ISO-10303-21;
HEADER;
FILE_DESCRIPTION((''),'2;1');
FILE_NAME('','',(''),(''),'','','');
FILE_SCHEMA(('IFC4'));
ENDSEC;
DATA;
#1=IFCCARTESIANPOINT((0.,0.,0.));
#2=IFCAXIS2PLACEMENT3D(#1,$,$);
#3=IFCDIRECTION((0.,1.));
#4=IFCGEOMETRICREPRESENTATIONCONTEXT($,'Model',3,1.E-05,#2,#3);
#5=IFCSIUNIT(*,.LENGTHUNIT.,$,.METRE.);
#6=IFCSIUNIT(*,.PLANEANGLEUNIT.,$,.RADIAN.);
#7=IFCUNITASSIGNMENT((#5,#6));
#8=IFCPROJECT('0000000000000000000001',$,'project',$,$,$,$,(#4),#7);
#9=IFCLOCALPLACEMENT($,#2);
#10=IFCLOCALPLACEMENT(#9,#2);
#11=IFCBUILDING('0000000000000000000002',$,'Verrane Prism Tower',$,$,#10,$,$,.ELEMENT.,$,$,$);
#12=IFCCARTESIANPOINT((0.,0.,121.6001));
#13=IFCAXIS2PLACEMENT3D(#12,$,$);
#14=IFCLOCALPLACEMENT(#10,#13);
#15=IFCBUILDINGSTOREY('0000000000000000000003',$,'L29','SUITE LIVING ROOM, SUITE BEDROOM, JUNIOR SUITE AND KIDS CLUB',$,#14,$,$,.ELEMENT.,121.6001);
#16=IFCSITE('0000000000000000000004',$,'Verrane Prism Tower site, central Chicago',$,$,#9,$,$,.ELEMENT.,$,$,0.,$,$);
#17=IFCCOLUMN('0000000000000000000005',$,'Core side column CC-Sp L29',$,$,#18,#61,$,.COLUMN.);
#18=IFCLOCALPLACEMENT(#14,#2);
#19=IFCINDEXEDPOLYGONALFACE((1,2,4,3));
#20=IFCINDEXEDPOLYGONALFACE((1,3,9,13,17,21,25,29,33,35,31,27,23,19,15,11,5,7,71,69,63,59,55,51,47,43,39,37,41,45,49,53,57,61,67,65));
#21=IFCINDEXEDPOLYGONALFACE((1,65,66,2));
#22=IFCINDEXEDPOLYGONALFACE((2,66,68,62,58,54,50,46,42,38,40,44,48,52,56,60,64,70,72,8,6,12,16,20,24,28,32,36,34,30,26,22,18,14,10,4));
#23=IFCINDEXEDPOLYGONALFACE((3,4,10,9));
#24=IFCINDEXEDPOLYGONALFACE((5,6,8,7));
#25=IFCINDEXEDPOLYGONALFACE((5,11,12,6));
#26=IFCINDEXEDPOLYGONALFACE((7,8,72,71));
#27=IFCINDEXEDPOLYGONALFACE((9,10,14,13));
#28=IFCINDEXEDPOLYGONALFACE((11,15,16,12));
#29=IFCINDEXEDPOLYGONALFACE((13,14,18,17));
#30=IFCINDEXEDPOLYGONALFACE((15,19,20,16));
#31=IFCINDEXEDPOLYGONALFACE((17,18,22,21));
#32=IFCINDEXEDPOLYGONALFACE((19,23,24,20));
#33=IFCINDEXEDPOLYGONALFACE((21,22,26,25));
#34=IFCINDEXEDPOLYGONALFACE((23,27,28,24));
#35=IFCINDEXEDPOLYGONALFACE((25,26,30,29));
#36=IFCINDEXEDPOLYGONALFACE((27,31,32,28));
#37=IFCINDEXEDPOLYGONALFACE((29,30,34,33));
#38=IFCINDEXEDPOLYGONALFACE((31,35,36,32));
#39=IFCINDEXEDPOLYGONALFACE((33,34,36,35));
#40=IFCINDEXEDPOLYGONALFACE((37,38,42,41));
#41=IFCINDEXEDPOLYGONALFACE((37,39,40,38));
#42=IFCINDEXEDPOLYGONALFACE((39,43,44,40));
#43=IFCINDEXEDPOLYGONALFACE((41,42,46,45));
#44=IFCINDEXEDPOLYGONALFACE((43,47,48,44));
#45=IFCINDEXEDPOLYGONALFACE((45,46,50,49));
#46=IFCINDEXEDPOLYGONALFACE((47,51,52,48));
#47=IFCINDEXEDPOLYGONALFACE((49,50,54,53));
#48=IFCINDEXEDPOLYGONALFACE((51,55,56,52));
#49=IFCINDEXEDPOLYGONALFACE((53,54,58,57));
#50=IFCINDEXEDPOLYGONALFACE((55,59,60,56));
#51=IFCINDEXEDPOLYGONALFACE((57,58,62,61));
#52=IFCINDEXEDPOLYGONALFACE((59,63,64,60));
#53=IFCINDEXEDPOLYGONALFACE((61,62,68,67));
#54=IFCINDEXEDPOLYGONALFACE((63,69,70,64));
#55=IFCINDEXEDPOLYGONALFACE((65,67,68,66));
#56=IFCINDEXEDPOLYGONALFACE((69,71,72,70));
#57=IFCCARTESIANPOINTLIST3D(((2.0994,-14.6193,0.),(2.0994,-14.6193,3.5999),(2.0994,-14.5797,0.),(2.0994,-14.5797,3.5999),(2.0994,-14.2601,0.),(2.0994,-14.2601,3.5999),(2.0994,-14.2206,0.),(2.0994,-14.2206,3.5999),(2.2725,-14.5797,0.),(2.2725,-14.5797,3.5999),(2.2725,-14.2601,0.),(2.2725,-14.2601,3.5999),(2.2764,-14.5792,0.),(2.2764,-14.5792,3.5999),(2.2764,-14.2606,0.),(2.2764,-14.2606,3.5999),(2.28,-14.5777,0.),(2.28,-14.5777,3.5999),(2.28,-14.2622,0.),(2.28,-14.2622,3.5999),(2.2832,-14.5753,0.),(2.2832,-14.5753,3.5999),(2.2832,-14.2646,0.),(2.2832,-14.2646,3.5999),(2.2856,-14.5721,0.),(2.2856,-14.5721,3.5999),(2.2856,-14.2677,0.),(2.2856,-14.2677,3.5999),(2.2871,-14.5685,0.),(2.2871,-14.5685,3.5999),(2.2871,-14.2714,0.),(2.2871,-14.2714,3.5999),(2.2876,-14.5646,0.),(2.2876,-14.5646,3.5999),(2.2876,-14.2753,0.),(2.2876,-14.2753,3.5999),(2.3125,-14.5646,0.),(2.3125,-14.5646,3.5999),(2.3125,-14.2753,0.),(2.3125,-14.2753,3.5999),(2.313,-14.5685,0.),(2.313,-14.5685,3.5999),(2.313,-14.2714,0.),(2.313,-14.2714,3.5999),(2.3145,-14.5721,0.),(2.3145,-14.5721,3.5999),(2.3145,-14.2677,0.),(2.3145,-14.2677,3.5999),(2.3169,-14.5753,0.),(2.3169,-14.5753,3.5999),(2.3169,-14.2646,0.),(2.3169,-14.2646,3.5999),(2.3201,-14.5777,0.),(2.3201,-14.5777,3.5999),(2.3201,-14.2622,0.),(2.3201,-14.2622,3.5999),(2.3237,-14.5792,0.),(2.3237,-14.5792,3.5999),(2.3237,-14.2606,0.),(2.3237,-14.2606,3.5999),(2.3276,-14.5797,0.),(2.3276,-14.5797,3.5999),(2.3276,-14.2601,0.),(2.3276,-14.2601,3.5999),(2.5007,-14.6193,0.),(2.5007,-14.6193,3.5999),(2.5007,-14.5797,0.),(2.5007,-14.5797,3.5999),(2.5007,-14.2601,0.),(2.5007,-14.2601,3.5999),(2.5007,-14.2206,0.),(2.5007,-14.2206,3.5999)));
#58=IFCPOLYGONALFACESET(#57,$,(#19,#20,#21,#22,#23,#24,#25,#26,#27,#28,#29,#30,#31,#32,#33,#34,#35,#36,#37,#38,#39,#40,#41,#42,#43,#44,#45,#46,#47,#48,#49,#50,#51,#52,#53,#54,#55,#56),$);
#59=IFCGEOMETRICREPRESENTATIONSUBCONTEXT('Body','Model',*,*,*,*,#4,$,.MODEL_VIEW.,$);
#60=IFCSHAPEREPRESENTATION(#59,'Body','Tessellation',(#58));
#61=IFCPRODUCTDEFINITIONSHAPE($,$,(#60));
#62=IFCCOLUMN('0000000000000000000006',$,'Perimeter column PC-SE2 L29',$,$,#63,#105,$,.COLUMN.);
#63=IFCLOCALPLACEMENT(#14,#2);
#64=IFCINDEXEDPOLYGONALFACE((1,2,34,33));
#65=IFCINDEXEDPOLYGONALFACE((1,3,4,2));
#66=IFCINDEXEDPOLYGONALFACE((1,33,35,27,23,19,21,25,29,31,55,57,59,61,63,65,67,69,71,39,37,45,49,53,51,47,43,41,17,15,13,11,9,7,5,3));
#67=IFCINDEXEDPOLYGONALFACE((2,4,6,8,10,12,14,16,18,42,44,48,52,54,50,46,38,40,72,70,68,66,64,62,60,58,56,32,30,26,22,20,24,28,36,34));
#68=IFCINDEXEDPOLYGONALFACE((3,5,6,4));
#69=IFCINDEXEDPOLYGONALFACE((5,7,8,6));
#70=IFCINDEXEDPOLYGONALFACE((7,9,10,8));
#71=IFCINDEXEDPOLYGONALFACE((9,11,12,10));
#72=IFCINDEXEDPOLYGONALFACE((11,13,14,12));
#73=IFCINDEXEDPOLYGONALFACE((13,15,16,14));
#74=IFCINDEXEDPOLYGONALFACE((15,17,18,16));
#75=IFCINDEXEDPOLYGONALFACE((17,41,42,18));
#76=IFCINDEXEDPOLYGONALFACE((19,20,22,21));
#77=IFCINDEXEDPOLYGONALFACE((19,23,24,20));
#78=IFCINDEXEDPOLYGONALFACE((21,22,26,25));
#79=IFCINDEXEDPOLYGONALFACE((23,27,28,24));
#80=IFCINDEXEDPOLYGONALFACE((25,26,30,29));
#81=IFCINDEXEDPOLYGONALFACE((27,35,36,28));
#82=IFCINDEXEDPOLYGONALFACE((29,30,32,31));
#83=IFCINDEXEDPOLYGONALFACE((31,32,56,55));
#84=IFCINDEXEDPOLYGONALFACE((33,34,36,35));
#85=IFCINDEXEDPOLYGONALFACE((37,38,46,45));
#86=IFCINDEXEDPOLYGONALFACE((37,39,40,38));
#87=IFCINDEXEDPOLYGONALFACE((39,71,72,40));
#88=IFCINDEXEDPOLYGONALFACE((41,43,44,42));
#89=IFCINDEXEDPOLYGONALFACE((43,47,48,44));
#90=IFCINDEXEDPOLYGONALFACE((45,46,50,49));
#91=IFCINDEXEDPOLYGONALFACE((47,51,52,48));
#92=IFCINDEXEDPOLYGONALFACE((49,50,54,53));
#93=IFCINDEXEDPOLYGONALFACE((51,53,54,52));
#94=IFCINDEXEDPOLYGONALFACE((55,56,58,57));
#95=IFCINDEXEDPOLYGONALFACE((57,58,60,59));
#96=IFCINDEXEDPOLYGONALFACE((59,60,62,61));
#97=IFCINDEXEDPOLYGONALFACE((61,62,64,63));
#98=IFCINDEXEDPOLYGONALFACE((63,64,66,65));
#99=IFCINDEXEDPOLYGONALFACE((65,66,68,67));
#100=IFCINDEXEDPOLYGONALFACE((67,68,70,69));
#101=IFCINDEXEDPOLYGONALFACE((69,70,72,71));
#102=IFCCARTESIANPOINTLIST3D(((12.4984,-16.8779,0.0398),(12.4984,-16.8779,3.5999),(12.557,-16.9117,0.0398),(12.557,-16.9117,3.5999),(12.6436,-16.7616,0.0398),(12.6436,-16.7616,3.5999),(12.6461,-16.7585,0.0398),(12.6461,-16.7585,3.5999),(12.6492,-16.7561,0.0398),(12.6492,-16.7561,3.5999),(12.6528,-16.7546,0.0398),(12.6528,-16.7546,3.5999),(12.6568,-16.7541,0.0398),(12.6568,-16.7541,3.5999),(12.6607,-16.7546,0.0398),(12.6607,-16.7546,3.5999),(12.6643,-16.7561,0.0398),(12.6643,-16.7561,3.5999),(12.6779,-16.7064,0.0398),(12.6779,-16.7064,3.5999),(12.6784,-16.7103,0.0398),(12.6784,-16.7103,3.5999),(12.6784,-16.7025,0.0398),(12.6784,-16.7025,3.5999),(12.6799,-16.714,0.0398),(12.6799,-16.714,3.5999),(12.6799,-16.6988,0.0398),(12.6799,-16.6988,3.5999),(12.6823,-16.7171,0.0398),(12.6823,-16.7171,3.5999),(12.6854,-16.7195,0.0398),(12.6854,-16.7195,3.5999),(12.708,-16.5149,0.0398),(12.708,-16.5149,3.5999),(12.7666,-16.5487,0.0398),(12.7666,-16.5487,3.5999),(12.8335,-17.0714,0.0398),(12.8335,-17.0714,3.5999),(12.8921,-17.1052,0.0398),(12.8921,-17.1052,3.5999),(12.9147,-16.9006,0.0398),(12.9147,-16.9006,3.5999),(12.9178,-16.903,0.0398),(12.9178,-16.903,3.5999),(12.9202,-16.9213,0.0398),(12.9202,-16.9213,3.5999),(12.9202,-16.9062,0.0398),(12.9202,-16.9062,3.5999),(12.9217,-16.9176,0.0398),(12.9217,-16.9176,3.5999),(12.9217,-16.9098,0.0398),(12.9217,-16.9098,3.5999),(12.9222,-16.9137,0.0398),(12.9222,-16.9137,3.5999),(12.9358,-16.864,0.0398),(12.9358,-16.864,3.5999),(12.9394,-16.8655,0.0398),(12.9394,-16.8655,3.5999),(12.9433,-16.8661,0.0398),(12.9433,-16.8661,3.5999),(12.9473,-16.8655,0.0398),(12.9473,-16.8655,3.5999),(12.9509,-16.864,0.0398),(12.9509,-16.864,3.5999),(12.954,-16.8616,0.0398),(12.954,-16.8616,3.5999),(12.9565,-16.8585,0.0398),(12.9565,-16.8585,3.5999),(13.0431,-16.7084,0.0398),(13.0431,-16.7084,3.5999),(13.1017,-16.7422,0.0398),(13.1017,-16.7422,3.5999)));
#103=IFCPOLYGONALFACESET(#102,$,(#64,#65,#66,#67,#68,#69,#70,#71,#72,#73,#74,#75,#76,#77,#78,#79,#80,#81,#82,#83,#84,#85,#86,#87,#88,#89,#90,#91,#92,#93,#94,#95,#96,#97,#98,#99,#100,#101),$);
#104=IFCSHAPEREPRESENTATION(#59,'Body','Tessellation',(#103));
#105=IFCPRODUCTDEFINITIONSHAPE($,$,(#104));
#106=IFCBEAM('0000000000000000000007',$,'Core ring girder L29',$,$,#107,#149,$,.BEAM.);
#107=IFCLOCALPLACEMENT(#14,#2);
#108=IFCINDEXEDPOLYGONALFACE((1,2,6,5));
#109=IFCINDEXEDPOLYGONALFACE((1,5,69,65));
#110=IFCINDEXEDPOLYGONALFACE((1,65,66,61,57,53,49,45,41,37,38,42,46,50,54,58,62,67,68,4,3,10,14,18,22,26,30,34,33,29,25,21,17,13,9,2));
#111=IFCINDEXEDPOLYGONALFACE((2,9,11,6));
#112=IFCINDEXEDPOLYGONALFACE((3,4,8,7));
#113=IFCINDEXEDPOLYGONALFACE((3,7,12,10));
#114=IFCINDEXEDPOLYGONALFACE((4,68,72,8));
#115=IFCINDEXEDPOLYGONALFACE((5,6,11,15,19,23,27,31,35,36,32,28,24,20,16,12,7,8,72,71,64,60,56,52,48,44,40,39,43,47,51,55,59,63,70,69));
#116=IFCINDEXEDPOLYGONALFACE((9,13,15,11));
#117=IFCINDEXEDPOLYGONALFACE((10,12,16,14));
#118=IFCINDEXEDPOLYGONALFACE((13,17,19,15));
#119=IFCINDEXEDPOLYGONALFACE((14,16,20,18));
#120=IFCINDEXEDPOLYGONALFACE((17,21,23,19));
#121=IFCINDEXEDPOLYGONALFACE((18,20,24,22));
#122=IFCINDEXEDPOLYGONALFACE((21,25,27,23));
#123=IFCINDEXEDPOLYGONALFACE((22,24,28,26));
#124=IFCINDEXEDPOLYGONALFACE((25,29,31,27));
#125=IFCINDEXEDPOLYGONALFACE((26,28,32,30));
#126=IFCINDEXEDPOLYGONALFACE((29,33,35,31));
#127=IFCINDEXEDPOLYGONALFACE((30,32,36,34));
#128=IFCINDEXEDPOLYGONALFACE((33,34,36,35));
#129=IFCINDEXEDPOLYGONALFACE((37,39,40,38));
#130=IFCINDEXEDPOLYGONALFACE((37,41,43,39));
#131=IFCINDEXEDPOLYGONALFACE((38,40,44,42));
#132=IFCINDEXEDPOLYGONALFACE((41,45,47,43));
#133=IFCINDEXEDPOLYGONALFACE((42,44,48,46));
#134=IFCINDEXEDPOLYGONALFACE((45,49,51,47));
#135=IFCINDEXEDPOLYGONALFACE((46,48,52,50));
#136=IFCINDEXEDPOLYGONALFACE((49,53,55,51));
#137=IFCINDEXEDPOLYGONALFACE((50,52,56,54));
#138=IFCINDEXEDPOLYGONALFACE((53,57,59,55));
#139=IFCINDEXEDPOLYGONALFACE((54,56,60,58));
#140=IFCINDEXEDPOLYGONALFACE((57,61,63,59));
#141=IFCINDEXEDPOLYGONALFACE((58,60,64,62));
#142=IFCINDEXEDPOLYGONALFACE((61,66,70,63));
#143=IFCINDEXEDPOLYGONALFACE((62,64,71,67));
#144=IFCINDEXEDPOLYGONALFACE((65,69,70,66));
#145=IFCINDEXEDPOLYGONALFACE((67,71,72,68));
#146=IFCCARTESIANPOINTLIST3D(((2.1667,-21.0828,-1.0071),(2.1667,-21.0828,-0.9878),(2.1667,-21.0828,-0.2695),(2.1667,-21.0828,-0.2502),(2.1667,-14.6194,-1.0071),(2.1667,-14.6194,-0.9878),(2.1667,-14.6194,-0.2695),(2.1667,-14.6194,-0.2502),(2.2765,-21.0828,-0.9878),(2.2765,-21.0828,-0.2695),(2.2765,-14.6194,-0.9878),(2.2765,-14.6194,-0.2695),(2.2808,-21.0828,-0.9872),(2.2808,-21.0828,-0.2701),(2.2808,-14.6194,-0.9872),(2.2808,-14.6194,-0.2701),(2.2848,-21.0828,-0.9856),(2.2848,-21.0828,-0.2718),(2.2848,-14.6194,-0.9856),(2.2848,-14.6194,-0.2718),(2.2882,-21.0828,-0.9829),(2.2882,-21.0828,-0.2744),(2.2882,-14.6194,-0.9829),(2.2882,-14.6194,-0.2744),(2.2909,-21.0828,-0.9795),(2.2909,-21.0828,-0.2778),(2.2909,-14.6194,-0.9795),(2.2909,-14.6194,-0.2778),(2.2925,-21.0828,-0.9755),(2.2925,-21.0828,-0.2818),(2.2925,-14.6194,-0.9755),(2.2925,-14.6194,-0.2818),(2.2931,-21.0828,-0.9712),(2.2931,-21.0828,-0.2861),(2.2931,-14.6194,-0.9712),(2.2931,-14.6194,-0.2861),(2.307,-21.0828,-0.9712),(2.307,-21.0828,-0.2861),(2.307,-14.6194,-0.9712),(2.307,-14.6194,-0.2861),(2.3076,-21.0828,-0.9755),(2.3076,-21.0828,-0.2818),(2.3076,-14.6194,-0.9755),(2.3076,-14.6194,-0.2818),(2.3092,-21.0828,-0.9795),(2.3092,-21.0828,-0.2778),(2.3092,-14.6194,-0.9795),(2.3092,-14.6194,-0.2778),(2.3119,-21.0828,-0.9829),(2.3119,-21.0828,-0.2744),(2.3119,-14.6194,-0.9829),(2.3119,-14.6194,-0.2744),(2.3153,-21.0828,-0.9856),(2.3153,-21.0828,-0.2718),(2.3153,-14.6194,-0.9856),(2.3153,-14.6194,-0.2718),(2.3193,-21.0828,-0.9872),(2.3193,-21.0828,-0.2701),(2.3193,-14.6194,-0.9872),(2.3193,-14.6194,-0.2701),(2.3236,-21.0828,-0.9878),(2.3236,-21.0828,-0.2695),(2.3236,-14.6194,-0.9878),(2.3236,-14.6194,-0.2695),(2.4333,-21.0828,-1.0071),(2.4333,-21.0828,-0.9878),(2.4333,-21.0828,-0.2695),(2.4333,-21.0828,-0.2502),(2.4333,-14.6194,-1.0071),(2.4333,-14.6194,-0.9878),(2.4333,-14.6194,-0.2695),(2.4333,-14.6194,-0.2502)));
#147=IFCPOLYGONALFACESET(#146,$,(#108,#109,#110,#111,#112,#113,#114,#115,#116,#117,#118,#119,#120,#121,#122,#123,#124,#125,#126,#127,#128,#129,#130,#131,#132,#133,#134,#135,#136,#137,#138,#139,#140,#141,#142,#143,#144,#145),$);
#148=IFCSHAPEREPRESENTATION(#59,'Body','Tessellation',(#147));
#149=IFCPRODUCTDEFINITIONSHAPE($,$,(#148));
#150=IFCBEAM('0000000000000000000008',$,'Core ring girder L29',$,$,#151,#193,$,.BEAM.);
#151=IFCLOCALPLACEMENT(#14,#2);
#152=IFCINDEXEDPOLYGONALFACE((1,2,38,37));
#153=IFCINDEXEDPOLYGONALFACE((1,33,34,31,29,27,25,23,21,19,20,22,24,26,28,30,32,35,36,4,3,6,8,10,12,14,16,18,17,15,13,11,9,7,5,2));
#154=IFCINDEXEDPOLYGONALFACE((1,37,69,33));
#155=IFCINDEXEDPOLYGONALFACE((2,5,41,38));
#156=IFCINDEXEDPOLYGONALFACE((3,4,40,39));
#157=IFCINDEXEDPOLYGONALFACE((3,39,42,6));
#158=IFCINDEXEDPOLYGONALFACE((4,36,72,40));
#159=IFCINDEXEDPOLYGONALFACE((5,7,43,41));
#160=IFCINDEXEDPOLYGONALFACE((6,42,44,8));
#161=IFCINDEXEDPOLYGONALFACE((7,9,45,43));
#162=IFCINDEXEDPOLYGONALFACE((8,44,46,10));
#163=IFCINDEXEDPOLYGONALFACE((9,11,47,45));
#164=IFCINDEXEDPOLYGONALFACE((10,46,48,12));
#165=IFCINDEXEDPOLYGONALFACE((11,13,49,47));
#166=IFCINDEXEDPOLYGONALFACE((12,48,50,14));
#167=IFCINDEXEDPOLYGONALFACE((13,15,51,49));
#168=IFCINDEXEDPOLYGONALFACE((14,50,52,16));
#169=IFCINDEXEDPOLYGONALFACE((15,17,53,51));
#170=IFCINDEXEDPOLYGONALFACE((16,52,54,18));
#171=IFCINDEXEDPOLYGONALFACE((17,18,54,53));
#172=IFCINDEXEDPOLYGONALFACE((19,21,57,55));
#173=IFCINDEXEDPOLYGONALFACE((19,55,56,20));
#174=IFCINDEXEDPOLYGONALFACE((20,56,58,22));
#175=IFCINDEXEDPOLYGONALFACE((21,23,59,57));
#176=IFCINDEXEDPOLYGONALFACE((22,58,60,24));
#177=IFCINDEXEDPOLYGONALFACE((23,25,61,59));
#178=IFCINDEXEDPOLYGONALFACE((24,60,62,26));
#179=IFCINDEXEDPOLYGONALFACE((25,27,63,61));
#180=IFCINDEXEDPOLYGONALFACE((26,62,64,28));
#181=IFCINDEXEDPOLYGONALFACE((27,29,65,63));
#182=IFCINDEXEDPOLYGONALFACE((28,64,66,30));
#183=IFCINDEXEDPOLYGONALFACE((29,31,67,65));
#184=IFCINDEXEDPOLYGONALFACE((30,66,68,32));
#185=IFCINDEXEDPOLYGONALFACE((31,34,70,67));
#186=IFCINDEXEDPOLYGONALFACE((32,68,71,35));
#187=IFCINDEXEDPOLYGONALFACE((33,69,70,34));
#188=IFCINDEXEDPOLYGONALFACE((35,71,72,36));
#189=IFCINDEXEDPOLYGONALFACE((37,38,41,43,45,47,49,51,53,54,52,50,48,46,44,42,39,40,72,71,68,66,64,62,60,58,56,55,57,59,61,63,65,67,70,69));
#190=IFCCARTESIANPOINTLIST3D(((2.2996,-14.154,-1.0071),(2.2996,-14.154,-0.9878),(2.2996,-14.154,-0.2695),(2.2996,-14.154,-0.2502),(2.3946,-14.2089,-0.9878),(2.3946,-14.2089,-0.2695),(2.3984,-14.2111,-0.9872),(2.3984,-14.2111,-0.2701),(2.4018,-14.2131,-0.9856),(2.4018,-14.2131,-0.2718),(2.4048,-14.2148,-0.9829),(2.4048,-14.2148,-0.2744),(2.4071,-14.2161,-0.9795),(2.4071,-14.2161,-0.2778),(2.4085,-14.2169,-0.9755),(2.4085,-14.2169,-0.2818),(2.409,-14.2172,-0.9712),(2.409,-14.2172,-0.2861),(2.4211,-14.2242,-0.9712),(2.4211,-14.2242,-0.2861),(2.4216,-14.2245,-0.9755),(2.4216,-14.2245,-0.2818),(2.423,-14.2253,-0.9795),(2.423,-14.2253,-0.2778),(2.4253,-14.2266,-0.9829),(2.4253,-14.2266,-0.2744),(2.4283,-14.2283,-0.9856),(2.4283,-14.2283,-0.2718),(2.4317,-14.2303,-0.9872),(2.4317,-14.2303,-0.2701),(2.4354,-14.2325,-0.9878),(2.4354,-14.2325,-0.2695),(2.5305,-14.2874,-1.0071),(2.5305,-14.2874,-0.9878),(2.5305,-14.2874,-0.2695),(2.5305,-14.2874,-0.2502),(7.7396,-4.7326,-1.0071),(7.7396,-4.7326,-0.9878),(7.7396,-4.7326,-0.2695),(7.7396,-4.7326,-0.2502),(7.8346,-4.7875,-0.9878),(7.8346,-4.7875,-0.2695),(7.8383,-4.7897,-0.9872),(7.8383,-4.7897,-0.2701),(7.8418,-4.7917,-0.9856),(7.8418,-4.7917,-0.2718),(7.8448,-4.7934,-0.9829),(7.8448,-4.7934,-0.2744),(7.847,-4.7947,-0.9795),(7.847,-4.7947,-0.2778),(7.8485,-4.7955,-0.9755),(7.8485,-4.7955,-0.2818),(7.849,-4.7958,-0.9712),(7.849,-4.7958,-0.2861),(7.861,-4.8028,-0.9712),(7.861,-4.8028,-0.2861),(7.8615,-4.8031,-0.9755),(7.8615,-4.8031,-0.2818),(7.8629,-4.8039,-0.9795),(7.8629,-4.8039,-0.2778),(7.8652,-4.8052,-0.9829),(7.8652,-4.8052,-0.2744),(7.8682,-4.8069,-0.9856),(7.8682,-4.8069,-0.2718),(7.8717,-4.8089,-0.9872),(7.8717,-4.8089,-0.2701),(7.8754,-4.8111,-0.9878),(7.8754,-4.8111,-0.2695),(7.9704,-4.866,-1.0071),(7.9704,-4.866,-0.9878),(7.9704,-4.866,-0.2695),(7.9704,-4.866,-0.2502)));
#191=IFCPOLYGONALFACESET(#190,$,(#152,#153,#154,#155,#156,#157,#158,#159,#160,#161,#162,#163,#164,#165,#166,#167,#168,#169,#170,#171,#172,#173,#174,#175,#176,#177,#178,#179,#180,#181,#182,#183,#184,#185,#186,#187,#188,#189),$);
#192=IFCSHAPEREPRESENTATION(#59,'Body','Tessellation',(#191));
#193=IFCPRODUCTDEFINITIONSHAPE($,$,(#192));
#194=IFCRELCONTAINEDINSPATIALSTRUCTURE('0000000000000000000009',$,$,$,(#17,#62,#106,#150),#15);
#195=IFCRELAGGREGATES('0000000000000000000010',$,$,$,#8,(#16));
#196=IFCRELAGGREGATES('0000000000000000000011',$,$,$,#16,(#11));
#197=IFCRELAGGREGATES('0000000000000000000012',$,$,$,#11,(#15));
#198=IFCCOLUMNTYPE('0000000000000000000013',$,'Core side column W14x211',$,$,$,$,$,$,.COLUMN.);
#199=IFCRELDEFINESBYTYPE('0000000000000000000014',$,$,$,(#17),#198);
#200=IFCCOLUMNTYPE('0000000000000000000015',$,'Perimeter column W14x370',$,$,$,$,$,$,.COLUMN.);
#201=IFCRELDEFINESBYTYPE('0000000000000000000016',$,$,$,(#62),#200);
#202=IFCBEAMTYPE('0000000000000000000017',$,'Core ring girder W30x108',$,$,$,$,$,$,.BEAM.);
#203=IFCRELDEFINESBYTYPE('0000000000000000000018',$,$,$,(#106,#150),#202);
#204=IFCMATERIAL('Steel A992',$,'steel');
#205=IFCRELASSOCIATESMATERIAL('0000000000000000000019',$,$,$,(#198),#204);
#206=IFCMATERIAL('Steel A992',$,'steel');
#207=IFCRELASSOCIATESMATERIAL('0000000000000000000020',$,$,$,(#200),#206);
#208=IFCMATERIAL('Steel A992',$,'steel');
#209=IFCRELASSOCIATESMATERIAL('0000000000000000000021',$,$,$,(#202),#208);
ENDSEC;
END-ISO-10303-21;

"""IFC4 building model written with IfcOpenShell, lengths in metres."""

from ifc_helpers import new_model, si_unit, direction, frame, origin, origin_2d, place, context, subcontext, project, spatial, i_section, extrude, material, material_profile, profile_set, type_object, element, save


model = new_model("IFC4")

# Units and contexts
model_context = context("Model", 3, precision=1e-05, world=origin(), true_north=direction((0.0, 1.0)))
body_context = subcontext(model_context, "Body", "Model", "MODEL_VIEW")
ifc_project = project(units=[si_unit("LENGTHUNIT", "METRE"), si_unit("PLANEANGLEUNIT", "RADIAN")], contexts=[model_context])

# Site, building, storey
site_placement = place(None, origin())
site = spatial("IfcSite", under=ifc_project, at=site_placement, Name="Verrane Prism Tower site, central Chicago", CompositionType="ELEMENT", RefElevation=0.0)
building_placement = place(site_placement, origin())
building = spatial("IfcBuilding", under=site, at=building_placement, Name="Verrane Prism Tower", CompositionType="ELEMENT")
storey_placement = place(building_placement, frame((0.0, 0.0, 121.6001)))
storey = spatial("IfcBuildingStorey", under=building, at=storey_placement, Name="L29", Description="SUITE LIVING ROOM, SUITE BEDROOM, JUNIOR SUITE AND KIDS CLUB", CompositionType="ELEMENT", Elevation=121.6001)

# Columns
ifc_material_1 = material(Name="Steel A992", Category="steel")
ifc_material_profile_1 = material_profile(ifc_material_1, i_section(OverallWidth=0.4014, OverallDepth=0.3987, WebThickness=0.0249, FlangeThickness=0.0396, FilletRadius=0.0151, at=origin_2d()), Name="W14x211")
ifc_profile_set_1 = profile_set([ifc_material_profile_1], Name="Steel A992")
column_type_1 = type_object("IfcColumnType", Name="Core side column W14x211", PredefinedType="COLUMN", material=ifc_profile_set_1)
column_1_placement = place(storey_placement, frame((2.3, -14.4199, 0.0), z_axis=(0.0, 0.0, 1.0), x_axis=(1.0, 0.0, 0.0)))
element("IfcColumn", 1, at=column_1_placement, inside=storey, type_object=column_type_1, Name="Core side column CC-Sp L29", PredefinedType="COLUMN", context=body_context, shape_type="SweptSolid", body=[
    extrude(i_section(OverallWidth=0.4014, OverallDepth=0.3987, WebThickness=0.0249, FlangeThickness=0.0396, FilletRadius=0.0151, at=origin_2d()), origin(), (0.0, 0.0, 1.0), 3.5999),
])
ifc_material_2 = material(Name="Steel A992", Category="steel")
ifc_material_profile_2 = material_profile(ifc_material_2, i_section(OverallWidth=0.4192, OverallDepth=0.4546, WebThickness=0.0422, FlangeThickness=0.0676, FilletRadius=0.0151, at=origin_2d()), Name="W14x370")
ifc_profile_set_2 = profile_set([ifc_material_profile_2], Name="Steel A992")
column_type_2 = type_object("IfcColumnType", Name="Perimeter column W14x370", PredefinedType="COLUMN", material=ifc_profile_set_2)
column_2_placement = place(storey_placement, frame((12.8, -16.8101, 0.0398), z_axis=(0.0, 0.0, 1.0), x_axis=(-0.5, -0.866025, 0.0)))
element("IfcColumn", 2, at=column_2_placement, inside=storey, type_object=column_type_2, Name="Perimeter column PC-SE2 L29", PredefinedType="COLUMN", context=body_context, shape_type="SweptSolid", body=[
    extrude(i_section(OverallWidth=0.4192, OverallDepth=0.4546, WebThickness=0.0422, FlangeThickness=0.0676, FilletRadius=0.0151, at=origin_2d()), origin(), (0.0, 0.0, 1.0), 3.5601),
])

# Beams
ifc_material_3 = material(Name="Steel A992", Category="steel")
ifc_material_profile_3 = material_profile(ifc_material_3, i_section(OverallWidth=0.2666, OverallDepth=0.7568, WebThickness=0.0139, FlangeThickness=0.0193, FilletRadius=0.0166, at=origin_2d()), Name="W30x108")
ifc_profile_set_3 = profile_set([ifc_material_profile_3], Name="Steel A992")
beam_type_1 = type_object("IfcBeamType", Name="Core ring girder W30x108", PredefinedType="BEAM", material=ifc_profile_set_3)
beam_1_placement = place(storey_placement, frame((2.3, -21.0828, -0.6287), z_axis=(0.0, 1.0, 0.0), x_axis=(-1.0, 0.0, 0.0)))
element("IfcBeam", 3, at=beam_1_placement, inside=storey, type_object=beam_type_1, Name="Core ring girder L29", PredefinedType="BEAM", context=body_context, shape_type="SweptSolid", body=[
    extrude(i_section(OverallWidth=0.2666, OverallDepth=0.7568, WebThickness=0.0139, FlangeThickness=0.0193, FilletRadius=0.0166, at=origin_2d()), origin(), (0.0, 0.0, 1.0), 6.4634),
])
beam_2_placement = place(storey_placement, frame((2.415, -14.2207, -0.6287), z_axis=(0.500035, 0.866005, 0.0), x_axis=(-0.866005, 0.500035, 0.0)))
element("IfcBeam", 4, at=beam_2_placement, inside=storey, type_object=beam_type_1, Name="Core ring girder L29", PredefinedType="BEAM", context=body_context, shape_type="SweptSolid", body=[
    extrude(i_section(OverallWidth=0.2666, OverallDepth=0.7568, WebThickness=0.0139, FlangeThickness=0.0193, FilletRadius=0.0166, at=origin_2d()), origin(), (0.0, 0.0, 1.0), 10.8792),
])

save(model, "model.ifc")
